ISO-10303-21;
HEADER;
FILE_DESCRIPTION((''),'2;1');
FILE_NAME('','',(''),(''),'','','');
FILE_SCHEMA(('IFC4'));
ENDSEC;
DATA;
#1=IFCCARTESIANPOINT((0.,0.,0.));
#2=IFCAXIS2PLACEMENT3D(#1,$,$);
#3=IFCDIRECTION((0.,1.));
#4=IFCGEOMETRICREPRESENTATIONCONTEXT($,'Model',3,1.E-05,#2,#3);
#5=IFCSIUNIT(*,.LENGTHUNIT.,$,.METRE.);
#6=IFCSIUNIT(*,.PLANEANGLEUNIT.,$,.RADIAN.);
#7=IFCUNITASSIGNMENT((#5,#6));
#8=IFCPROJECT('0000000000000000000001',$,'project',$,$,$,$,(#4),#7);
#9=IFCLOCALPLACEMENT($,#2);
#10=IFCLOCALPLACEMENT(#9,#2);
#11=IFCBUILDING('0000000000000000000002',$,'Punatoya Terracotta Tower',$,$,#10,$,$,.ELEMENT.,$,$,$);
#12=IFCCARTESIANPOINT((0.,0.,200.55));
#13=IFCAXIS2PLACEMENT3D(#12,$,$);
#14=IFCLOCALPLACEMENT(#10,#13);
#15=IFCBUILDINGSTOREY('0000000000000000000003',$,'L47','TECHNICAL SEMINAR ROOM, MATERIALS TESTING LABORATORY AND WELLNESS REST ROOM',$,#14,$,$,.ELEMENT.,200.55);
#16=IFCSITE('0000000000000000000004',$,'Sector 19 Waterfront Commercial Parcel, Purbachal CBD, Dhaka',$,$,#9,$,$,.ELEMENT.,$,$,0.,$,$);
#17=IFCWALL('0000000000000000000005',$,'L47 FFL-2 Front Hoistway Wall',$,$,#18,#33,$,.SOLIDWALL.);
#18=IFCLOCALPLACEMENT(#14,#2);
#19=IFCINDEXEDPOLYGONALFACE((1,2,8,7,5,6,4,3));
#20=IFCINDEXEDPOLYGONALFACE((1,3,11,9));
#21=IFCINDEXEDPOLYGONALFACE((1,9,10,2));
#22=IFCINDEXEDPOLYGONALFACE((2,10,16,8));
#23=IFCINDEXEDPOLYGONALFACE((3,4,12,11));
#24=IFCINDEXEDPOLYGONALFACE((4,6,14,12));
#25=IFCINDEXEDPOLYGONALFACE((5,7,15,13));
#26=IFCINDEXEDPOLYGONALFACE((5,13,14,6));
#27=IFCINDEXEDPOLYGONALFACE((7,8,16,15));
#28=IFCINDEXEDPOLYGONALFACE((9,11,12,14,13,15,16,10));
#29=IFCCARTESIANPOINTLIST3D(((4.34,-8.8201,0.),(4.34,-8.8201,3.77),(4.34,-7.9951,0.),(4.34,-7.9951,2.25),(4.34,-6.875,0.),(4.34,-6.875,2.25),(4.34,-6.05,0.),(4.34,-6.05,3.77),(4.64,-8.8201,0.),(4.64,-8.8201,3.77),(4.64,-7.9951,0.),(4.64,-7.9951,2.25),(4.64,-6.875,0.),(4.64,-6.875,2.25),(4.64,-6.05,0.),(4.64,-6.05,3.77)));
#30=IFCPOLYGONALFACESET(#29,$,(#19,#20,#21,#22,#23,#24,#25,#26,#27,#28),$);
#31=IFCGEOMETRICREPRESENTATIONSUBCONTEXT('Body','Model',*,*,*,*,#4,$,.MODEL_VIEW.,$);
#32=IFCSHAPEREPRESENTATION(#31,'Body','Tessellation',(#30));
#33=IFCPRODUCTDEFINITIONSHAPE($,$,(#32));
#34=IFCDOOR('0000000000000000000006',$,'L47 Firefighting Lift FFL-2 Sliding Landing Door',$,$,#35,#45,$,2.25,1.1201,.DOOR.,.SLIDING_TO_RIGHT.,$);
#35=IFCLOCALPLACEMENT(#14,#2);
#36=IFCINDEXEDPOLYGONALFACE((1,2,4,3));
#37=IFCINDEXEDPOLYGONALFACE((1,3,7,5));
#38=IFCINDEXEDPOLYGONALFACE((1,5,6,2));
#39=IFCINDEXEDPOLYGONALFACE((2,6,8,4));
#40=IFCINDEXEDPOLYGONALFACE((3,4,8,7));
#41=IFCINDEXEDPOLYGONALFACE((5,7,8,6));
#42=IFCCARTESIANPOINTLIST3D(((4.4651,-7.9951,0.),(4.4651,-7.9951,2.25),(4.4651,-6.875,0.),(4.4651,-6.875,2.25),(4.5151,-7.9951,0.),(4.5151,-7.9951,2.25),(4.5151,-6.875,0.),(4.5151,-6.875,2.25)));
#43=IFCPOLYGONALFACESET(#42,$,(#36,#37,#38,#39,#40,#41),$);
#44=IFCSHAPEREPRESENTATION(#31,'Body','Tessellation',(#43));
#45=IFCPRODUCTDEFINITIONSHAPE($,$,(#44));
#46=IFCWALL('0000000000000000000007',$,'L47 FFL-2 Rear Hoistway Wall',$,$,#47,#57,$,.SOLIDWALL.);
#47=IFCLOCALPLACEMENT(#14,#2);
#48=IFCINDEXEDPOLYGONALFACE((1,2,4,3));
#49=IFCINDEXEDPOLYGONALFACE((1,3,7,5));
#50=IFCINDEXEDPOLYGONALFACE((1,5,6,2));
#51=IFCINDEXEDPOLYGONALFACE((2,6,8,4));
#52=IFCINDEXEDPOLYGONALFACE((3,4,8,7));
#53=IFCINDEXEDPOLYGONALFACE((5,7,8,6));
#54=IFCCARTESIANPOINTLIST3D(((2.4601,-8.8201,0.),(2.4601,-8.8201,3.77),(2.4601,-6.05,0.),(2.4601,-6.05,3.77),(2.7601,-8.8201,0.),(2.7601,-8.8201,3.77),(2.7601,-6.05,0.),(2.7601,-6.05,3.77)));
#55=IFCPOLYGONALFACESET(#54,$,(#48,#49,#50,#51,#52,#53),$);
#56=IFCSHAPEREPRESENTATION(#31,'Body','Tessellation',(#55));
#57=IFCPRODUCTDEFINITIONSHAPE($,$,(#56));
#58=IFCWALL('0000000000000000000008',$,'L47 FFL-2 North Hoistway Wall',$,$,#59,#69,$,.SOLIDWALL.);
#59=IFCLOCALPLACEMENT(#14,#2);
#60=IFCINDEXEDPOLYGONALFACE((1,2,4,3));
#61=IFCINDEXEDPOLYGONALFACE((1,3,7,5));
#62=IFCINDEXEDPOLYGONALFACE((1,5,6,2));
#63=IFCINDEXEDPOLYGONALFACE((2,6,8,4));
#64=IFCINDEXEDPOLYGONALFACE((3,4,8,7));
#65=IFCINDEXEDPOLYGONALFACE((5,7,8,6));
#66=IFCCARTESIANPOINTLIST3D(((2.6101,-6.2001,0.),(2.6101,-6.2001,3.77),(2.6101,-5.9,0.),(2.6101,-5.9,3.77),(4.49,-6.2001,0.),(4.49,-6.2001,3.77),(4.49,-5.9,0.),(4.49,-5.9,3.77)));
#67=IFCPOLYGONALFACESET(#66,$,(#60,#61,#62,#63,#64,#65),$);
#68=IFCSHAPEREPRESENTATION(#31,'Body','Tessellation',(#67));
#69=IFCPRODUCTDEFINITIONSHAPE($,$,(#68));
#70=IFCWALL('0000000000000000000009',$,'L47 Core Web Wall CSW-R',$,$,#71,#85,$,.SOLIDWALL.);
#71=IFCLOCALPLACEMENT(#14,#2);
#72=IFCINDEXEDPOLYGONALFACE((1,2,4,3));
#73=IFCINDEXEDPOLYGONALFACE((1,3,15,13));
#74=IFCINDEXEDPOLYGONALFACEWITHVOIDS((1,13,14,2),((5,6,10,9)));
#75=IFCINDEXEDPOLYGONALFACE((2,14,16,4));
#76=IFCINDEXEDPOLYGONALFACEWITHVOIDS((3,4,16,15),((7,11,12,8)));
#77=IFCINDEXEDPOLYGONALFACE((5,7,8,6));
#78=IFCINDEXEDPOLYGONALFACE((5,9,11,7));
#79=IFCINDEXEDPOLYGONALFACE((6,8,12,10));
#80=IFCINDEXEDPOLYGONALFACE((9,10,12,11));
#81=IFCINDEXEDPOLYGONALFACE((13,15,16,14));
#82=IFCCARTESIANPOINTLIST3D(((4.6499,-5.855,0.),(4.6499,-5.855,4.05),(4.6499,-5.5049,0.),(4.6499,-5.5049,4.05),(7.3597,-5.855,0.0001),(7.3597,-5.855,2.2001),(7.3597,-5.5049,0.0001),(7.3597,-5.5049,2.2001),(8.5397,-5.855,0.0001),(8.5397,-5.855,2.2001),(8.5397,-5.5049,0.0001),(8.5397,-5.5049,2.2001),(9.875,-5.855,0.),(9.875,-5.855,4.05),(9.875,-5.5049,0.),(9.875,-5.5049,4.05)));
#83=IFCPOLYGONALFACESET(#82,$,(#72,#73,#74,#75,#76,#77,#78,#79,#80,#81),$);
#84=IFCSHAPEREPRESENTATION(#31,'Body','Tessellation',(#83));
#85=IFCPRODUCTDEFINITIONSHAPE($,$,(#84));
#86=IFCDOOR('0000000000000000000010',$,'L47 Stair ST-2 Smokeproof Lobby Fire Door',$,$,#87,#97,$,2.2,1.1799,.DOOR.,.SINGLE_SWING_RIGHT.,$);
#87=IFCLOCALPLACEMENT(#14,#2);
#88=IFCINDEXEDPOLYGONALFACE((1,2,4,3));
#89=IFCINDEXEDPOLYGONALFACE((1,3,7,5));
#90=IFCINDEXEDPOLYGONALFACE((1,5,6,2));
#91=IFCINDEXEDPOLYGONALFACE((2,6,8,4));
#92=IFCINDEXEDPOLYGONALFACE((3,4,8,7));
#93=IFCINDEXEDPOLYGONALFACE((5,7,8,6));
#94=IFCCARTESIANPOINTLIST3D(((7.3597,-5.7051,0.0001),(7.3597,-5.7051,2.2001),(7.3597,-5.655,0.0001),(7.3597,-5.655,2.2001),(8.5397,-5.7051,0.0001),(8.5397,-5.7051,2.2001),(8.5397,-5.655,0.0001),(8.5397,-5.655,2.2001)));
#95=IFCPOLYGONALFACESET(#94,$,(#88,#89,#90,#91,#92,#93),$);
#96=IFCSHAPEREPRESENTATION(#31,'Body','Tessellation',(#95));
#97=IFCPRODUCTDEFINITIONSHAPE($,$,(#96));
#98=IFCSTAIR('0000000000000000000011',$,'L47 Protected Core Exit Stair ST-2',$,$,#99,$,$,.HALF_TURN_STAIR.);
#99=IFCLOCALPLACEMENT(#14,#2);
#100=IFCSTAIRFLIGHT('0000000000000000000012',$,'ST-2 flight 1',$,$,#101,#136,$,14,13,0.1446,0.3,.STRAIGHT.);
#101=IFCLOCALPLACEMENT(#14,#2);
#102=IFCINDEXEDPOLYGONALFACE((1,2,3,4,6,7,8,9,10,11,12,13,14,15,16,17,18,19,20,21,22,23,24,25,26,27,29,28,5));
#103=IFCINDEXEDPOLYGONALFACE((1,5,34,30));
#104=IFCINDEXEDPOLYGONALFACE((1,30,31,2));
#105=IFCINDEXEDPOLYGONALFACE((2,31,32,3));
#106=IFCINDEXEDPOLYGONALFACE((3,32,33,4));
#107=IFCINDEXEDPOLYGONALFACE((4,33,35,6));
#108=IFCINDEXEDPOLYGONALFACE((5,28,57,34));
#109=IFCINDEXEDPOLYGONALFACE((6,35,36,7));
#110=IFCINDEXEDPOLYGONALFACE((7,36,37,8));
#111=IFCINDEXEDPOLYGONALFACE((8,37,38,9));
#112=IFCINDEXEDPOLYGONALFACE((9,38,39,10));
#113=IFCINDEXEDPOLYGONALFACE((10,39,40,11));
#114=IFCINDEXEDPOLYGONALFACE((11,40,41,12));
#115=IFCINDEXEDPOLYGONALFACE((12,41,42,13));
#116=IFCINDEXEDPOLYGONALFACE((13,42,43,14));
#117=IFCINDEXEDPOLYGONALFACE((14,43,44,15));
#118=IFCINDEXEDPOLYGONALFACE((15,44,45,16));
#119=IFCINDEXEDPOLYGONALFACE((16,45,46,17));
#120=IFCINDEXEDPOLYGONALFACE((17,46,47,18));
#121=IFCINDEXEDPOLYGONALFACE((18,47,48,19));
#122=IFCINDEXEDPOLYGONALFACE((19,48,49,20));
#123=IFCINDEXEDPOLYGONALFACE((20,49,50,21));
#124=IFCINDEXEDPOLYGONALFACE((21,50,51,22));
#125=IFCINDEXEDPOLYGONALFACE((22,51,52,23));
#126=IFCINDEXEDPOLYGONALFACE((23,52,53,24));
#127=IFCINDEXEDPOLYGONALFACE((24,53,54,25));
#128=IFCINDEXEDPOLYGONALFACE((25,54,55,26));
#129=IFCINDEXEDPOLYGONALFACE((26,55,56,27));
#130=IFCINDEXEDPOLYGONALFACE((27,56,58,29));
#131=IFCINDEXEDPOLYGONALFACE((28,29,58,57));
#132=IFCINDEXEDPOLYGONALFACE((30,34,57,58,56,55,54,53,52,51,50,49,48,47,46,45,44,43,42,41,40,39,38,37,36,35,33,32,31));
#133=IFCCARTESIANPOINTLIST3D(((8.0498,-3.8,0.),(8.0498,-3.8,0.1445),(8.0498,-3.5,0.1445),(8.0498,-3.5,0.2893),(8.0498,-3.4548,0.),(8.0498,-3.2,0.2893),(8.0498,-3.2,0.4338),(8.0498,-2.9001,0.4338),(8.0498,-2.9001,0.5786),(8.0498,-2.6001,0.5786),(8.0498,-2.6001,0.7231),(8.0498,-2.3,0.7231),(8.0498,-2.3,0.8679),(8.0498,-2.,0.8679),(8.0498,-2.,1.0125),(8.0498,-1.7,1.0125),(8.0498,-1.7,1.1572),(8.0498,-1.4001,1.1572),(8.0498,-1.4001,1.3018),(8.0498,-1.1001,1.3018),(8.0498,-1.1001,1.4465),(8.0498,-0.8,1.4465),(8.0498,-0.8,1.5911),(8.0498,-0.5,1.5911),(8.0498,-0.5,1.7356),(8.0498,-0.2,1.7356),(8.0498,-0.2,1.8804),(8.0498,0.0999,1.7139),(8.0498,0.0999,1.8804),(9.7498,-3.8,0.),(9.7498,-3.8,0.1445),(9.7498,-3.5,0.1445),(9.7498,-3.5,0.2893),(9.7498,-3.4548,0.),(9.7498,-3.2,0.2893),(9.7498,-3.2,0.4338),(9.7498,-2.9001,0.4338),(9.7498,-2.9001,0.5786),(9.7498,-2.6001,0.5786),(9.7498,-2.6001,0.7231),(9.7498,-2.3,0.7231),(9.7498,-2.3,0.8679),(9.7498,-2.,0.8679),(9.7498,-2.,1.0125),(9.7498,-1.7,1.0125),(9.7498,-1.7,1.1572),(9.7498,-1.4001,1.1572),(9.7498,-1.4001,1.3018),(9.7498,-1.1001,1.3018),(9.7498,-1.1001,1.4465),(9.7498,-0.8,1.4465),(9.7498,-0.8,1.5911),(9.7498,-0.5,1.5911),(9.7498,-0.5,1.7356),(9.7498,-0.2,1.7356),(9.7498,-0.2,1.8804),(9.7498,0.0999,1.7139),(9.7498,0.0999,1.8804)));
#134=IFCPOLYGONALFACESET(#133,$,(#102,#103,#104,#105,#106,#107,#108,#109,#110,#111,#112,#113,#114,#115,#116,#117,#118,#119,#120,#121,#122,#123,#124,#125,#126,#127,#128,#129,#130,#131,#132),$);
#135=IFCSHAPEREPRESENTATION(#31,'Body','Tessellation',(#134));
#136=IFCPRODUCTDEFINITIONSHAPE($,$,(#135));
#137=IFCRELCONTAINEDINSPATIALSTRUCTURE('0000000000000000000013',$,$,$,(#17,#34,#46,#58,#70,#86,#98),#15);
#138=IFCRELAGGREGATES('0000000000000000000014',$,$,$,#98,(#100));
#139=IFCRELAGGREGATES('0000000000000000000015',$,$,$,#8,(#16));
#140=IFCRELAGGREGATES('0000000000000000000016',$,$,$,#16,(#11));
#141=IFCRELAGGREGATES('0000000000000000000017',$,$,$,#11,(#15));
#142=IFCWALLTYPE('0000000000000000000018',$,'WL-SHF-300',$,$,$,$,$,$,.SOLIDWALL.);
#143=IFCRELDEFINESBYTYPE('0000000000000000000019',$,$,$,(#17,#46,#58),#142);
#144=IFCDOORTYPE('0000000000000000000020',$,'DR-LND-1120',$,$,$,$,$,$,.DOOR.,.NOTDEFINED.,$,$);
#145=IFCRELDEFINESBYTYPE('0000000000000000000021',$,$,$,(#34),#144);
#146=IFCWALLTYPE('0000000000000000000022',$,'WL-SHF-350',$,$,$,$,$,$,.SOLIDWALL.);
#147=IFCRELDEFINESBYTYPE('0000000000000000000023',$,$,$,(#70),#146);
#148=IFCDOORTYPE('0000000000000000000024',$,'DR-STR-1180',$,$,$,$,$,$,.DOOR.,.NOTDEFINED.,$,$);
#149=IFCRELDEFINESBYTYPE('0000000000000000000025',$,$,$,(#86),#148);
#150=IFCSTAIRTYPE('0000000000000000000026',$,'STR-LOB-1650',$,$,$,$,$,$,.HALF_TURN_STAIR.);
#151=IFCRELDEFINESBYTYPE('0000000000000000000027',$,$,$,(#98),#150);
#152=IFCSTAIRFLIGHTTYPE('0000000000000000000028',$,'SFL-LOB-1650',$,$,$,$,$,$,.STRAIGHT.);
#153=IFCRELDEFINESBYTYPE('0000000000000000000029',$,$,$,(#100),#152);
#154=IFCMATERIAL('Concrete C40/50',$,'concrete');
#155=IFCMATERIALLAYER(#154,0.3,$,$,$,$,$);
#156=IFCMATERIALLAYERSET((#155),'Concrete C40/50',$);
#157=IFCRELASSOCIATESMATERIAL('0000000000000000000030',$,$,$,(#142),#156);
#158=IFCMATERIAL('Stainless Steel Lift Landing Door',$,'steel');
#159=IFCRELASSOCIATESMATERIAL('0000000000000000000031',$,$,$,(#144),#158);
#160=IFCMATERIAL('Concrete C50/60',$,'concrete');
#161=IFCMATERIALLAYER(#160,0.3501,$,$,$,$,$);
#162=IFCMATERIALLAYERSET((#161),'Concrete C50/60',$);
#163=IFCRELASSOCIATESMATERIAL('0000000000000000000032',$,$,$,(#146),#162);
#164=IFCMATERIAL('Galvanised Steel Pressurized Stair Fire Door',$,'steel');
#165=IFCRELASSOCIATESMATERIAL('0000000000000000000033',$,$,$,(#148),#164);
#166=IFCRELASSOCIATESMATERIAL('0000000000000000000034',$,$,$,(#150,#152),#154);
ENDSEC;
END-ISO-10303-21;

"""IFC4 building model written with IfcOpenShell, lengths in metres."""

from ifc_helpers import new_model, si_unit, direction, frame, frame_2d, origin, place, context, subcontext, project, spatial, polyline, rectangle, outline, extrude, material, layer, layer_set, type_object, element, fill, aggregate, save


model = new_model("IFC4")

# Units and contexts
model_context = context("Model", 3, precision=1e-05, world=origin(), true_north=direction((0.0, 1.0)))
body_context = subcontext(model_context, "Body", "Model", "MODEL_VIEW")
ifc_project = project(units=[si_unit("LENGTHUNIT", "METRE"), si_unit("PLANEANGLEUNIT", "RADIAN")], contexts=[model_context])

# Site, building, storey
site_placement = place(None, origin())
site = spatial("IfcSite", under=ifc_project, at=site_placement, Name="Sector 19 Waterfront Commercial Parcel, Purbachal CBD, Dhaka", CompositionType="ELEMENT", RefElevation=0.0)
building_placement = place(site_placement, origin())
building = spatial("IfcBuilding", under=site, at=building_placement, Name="Punatoya Terracotta Tower", CompositionType="ELEMENT")
storey_placement = place(building_placement, frame((0.0, 0.0, 200.55)))
storey = spatial("IfcBuildingStorey", under=building, at=storey_placement, Name="L47", Description="TECHNICAL SEMINAR ROOM, MATERIALS TESTING LABORATORY AND WELLNESS REST ROOM", CompositionType="ELEMENT", Elevation=200.55)

# Shared definitions
ifc_material_1 = material(Name="Concrete C40/50", Category="concrete")

# Wall, opening, door
ifc_layer_1 = layer(ifc_material_1, 0.3)
ifc_layer_set_1 = layer_set([ifc_layer_1], Name="Concrete C40/50")
wall_type_1 = type_object("IfcWallType", Name="WL-SHF-300", PredefinedType="SOLIDWALL", material=ifc_layer_set_1)
wall_1_placement = place(storey_placement, frame((4.49, -8.8201, 0.0), z_axis=(0.0, 0.0, 1.0), x_axis=(0.0, 1.0, 0.0)))
wall_1 = element("IfcWall", 1, at=wall_1_placement, inside=storey, type_object=wall_type_1, Name="L47 FFL-2 Front Hoistway Wall", PredefinedType="SOLIDWALL", context=body_context, shape_type="SweptSolid", body=[
    extrude(rectangle(XDim=2.77, YDim=0.3, at=frame_2d((1.385, 0.0))), origin(), (0.0, 0.0, 1.0), 3.77),
])
opening_1_placement = place(wall_1_placement, frame((0.825, 0.0, 0.0)))
opening_1 = element("IfcOpeningElement", 2, at=opening_1_placement, cuts=wall_1, PredefinedType="OPENING", context=body_context, shape_type="SweptSolid", body=[
    extrude(rectangle(XDim=1.1201, YDim=2.25, at=frame_2d((0.5601, 1.125))), frame((0.0, 0.1599, 0.0), z_axis=(0.0, -1.0, 0.0), x_axis=(1.0, 0.0, 0.0)), (0.0, 0.0, 1.0), 0.3201),
])
ifc_material_2 = material(Name="Stainless Steel Lift Landing Door", Category="steel")
door_type_1 = type_object("IfcDoorType", Name="DR-LND-1120", OperationType="NOTDEFINED", PredefinedType="DOOR", material=ifc_material_2)
door_1_placement = place(opening_1_placement, origin())
door_1 = element("IfcDoor", 3, at=door_1_placement, inside=storey, type_object=door_type_1, Name="L47 Firefighting Lift FFL-2 Sliding Landing Door", OperationType="SLIDING_TO_RIGHT", OverallHeight=2.25, OverallWidth=1.1201, PredefinedType="DOOR", context=body_context, shape_type="SweptSolid", body=[
    extrude(rectangle(XDim=1.1201, YDim=2.25, at=frame_2d((0.5601, 1.125))), frame((0.0, 0.0249, 0.0), z_axis=(0.0, -1.0, 0.0), x_axis=(1.0, 0.0, 0.0)), (0.0, 0.0, 1.0), 0.05),
])
fill(opening_1, door_1)

# Walls
wall_2_placement = place(storey_placement, frame((2.6101, -8.8201, 0.0), z_axis=(0.0, 0.0, 1.0), x_axis=(0.0, 1.0, 0.0)))
element("IfcWall", 4, at=wall_2_placement, inside=storey, type_object=wall_type_1, Name="L47 FFL-2 Rear Hoistway Wall", PredefinedType="SOLIDWALL", context=body_context, shape_type="SweptSolid", body=[
    extrude(rectangle(XDim=2.77, YDim=0.3, at=frame_2d((1.385, 0.0))), origin(), (0.0, 0.0, 1.0), 3.77),
])
wall_3_placement = place(storey_placement, frame((2.6101, -6.05, 0.0), z_axis=(0.0, 0.0, 1.0), x_axis=(1.0, 0.0, 0.0)))
element("IfcWall", 5, at=wall_3_placement, inside=storey, type_object=wall_type_1, Name="L47 FFL-2 North Hoistway Wall", PredefinedType="SOLIDWALL", context=body_context, shape_type="SweptSolid", body=[
    extrude(rectangle(XDim=1.8799, YDim=0.3, at=frame_2d((0.9399, 0.0))), origin(), (0.0, 0.0, 1.0), 3.77),
])

# Wall, opening, door
ifc_material_3 = material(Name="Concrete C50/60", Category="concrete")
ifc_layer_2 = layer(ifc_material_3, 0.3501)
ifc_layer_set_2 = layer_set([ifc_layer_2], Name="Concrete C50/60")
wall_type_2 = type_object("IfcWallType", Name="WL-SHF-350", PredefinedType="SOLIDWALL", material=ifc_layer_set_2)
wall_4_placement = place(storey_placement, frame((4.6499, -5.6799, 0.0), z_axis=(0.0, 0.0, 1.0), x_axis=(1.0, 0.0, 0.0)))
wall_4 = element("IfcWall", 6, at=wall_4_placement, inside=storey, type_object=wall_type_2, Name="L47 Core Web Wall CSW-R", PredefinedType="SOLIDWALL", context=body_context, shape_type="SweptSolid", body=[
    extrude(rectangle(XDim=5.2251, YDim=0.3501, at=frame_2d((2.6125, 0.0))), origin(), (0.0, 0.0, 1.0), 4.05),
])
opening_2_placement = place(wall_4_placement, frame((2.71, 0.0, 0.0)))
opening_2 = element("IfcOpeningElement", 7, at=opening_2_placement, cuts=wall_4, PredefinedType="OPENING", context=body_context, shape_type="SweptSolid", body=[
    extrude(rectangle(XDim=1.1799, YDim=2.2, at=frame_2d((0.5898, 1.1001))), frame((0.0, 0.1851, 0.0), z_axis=(0.0, -1.0, 0.0), x_axis=(1.0, 0.0, 0.0)), (0.0, 0.0, 1.0), 0.3701),
])
ifc_material_4 = material(Name="Galvanised Steel Pressurized Stair Fire Door", Category="steel")
door_type_2 = type_object("IfcDoorType", Name="DR-STR-1180", OperationType="NOTDEFINED", PredefinedType="DOOR", material=ifc_material_4)
door_2_placement = place(opening_2_placement, origin())
door_2 = element("IfcDoor", 8, at=door_2_placement, inside=storey, type_object=door_type_2, Name="L47 Stair ST-2 Smokeproof Lobby Fire Door", OperationType="SINGLE_SWING_RIGHT", OverallHeight=2.2, OverallWidth=1.1799, PredefinedType="DOOR", context=body_context, shape_type="SweptSolid", body=[
    extrude(rectangle(XDim=1.1799, YDim=2.2, at=frame_2d((0.5898, 1.1001))), frame((0.0, 0.0249, 0.0), z_axis=(0.0, -1.0, 0.0), x_axis=(1.0, 0.0, 0.0)), (0.0, 0.0, 1.0), 0.05),
])
fill(opening_2, door_2)

# Stair, stair flight
stair_type_1 = type_object("IfcStairType", Name="STR-LOB-1650", PredefinedType="HALF_TURN_STAIR", material=ifc_material_1)
stair_1_placement = place(storey_placement, origin())
stair_1 = element("IfcStair", 9, at=stair_1_placement, inside=storey, type_object=stair_type_1, Name="L47 Protected Core Exit Stair ST-2", PredefinedType="HALF_TURN_STAIR")
stair_flight_type = type_object("IfcStairFlightType", Name="SFL-LOB-1650", PredefinedType="STRAIGHT", material=ifc_material_1)
stair_flight_placement = place(storey_placement, frame((8.8999, -3.8, 0.0), z_axis=(0.0, 0.0, 1.0), x_axis=(0.0, 1.0, 0.0)))
stair_flight = element("IfcStairFlight", 10, at=stair_flight_placement, type_object=stair_flight_type, Name="ST-2 flight 1", NumberOfRisers=14, NumberOfTreads=13, PredefinedType="STRAIGHT", RiserHeight=0.1446, TreadLength=0.3, context=body_context, shape_type="SweptSolid", body=[
    extrude(outline(polyline([(0.0, 0.0), (0.0, 0.1445), (0.3, 0.1445), (0.3, 0.2893), (0.6001, 0.2893), (0.6001, 0.4338), (0.8999, 0.4338), (0.8999, 0.5786), (1.2, 0.5786), (1.2, 0.7231), (1.5, 0.7231), (1.5, 0.8679), (1.8, 0.8679), (1.8, 1.0125), (2.1001, 1.0125), (2.1001, 1.1572), (2.3999, 1.1572), (2.3999, 1.3018), (2.7, 1.3018), (2.7, 1.4465), (3.0, 1.4465), (3.0, 1.5911), (3.3, 1.5911), (3.3, 1.7356), (3.6001, 1.7356), (3.6001, 1.8804), (3.8999, 1.8804), (3.8999, 2.0249), (3.8999, 1.7139), (0.3452, 0.0), (0.0, 0.0)])), frame((0.0, 0.8501, 0.0), z_axis=(0.0, -1.0, 0.0), x_axis=(1.0, 0.0, 0.0)), (0.0, 0.0, 1.0), 1.7),
])
aggregate(stair_1, [stair_flight])

save(model, "model.ifc")
